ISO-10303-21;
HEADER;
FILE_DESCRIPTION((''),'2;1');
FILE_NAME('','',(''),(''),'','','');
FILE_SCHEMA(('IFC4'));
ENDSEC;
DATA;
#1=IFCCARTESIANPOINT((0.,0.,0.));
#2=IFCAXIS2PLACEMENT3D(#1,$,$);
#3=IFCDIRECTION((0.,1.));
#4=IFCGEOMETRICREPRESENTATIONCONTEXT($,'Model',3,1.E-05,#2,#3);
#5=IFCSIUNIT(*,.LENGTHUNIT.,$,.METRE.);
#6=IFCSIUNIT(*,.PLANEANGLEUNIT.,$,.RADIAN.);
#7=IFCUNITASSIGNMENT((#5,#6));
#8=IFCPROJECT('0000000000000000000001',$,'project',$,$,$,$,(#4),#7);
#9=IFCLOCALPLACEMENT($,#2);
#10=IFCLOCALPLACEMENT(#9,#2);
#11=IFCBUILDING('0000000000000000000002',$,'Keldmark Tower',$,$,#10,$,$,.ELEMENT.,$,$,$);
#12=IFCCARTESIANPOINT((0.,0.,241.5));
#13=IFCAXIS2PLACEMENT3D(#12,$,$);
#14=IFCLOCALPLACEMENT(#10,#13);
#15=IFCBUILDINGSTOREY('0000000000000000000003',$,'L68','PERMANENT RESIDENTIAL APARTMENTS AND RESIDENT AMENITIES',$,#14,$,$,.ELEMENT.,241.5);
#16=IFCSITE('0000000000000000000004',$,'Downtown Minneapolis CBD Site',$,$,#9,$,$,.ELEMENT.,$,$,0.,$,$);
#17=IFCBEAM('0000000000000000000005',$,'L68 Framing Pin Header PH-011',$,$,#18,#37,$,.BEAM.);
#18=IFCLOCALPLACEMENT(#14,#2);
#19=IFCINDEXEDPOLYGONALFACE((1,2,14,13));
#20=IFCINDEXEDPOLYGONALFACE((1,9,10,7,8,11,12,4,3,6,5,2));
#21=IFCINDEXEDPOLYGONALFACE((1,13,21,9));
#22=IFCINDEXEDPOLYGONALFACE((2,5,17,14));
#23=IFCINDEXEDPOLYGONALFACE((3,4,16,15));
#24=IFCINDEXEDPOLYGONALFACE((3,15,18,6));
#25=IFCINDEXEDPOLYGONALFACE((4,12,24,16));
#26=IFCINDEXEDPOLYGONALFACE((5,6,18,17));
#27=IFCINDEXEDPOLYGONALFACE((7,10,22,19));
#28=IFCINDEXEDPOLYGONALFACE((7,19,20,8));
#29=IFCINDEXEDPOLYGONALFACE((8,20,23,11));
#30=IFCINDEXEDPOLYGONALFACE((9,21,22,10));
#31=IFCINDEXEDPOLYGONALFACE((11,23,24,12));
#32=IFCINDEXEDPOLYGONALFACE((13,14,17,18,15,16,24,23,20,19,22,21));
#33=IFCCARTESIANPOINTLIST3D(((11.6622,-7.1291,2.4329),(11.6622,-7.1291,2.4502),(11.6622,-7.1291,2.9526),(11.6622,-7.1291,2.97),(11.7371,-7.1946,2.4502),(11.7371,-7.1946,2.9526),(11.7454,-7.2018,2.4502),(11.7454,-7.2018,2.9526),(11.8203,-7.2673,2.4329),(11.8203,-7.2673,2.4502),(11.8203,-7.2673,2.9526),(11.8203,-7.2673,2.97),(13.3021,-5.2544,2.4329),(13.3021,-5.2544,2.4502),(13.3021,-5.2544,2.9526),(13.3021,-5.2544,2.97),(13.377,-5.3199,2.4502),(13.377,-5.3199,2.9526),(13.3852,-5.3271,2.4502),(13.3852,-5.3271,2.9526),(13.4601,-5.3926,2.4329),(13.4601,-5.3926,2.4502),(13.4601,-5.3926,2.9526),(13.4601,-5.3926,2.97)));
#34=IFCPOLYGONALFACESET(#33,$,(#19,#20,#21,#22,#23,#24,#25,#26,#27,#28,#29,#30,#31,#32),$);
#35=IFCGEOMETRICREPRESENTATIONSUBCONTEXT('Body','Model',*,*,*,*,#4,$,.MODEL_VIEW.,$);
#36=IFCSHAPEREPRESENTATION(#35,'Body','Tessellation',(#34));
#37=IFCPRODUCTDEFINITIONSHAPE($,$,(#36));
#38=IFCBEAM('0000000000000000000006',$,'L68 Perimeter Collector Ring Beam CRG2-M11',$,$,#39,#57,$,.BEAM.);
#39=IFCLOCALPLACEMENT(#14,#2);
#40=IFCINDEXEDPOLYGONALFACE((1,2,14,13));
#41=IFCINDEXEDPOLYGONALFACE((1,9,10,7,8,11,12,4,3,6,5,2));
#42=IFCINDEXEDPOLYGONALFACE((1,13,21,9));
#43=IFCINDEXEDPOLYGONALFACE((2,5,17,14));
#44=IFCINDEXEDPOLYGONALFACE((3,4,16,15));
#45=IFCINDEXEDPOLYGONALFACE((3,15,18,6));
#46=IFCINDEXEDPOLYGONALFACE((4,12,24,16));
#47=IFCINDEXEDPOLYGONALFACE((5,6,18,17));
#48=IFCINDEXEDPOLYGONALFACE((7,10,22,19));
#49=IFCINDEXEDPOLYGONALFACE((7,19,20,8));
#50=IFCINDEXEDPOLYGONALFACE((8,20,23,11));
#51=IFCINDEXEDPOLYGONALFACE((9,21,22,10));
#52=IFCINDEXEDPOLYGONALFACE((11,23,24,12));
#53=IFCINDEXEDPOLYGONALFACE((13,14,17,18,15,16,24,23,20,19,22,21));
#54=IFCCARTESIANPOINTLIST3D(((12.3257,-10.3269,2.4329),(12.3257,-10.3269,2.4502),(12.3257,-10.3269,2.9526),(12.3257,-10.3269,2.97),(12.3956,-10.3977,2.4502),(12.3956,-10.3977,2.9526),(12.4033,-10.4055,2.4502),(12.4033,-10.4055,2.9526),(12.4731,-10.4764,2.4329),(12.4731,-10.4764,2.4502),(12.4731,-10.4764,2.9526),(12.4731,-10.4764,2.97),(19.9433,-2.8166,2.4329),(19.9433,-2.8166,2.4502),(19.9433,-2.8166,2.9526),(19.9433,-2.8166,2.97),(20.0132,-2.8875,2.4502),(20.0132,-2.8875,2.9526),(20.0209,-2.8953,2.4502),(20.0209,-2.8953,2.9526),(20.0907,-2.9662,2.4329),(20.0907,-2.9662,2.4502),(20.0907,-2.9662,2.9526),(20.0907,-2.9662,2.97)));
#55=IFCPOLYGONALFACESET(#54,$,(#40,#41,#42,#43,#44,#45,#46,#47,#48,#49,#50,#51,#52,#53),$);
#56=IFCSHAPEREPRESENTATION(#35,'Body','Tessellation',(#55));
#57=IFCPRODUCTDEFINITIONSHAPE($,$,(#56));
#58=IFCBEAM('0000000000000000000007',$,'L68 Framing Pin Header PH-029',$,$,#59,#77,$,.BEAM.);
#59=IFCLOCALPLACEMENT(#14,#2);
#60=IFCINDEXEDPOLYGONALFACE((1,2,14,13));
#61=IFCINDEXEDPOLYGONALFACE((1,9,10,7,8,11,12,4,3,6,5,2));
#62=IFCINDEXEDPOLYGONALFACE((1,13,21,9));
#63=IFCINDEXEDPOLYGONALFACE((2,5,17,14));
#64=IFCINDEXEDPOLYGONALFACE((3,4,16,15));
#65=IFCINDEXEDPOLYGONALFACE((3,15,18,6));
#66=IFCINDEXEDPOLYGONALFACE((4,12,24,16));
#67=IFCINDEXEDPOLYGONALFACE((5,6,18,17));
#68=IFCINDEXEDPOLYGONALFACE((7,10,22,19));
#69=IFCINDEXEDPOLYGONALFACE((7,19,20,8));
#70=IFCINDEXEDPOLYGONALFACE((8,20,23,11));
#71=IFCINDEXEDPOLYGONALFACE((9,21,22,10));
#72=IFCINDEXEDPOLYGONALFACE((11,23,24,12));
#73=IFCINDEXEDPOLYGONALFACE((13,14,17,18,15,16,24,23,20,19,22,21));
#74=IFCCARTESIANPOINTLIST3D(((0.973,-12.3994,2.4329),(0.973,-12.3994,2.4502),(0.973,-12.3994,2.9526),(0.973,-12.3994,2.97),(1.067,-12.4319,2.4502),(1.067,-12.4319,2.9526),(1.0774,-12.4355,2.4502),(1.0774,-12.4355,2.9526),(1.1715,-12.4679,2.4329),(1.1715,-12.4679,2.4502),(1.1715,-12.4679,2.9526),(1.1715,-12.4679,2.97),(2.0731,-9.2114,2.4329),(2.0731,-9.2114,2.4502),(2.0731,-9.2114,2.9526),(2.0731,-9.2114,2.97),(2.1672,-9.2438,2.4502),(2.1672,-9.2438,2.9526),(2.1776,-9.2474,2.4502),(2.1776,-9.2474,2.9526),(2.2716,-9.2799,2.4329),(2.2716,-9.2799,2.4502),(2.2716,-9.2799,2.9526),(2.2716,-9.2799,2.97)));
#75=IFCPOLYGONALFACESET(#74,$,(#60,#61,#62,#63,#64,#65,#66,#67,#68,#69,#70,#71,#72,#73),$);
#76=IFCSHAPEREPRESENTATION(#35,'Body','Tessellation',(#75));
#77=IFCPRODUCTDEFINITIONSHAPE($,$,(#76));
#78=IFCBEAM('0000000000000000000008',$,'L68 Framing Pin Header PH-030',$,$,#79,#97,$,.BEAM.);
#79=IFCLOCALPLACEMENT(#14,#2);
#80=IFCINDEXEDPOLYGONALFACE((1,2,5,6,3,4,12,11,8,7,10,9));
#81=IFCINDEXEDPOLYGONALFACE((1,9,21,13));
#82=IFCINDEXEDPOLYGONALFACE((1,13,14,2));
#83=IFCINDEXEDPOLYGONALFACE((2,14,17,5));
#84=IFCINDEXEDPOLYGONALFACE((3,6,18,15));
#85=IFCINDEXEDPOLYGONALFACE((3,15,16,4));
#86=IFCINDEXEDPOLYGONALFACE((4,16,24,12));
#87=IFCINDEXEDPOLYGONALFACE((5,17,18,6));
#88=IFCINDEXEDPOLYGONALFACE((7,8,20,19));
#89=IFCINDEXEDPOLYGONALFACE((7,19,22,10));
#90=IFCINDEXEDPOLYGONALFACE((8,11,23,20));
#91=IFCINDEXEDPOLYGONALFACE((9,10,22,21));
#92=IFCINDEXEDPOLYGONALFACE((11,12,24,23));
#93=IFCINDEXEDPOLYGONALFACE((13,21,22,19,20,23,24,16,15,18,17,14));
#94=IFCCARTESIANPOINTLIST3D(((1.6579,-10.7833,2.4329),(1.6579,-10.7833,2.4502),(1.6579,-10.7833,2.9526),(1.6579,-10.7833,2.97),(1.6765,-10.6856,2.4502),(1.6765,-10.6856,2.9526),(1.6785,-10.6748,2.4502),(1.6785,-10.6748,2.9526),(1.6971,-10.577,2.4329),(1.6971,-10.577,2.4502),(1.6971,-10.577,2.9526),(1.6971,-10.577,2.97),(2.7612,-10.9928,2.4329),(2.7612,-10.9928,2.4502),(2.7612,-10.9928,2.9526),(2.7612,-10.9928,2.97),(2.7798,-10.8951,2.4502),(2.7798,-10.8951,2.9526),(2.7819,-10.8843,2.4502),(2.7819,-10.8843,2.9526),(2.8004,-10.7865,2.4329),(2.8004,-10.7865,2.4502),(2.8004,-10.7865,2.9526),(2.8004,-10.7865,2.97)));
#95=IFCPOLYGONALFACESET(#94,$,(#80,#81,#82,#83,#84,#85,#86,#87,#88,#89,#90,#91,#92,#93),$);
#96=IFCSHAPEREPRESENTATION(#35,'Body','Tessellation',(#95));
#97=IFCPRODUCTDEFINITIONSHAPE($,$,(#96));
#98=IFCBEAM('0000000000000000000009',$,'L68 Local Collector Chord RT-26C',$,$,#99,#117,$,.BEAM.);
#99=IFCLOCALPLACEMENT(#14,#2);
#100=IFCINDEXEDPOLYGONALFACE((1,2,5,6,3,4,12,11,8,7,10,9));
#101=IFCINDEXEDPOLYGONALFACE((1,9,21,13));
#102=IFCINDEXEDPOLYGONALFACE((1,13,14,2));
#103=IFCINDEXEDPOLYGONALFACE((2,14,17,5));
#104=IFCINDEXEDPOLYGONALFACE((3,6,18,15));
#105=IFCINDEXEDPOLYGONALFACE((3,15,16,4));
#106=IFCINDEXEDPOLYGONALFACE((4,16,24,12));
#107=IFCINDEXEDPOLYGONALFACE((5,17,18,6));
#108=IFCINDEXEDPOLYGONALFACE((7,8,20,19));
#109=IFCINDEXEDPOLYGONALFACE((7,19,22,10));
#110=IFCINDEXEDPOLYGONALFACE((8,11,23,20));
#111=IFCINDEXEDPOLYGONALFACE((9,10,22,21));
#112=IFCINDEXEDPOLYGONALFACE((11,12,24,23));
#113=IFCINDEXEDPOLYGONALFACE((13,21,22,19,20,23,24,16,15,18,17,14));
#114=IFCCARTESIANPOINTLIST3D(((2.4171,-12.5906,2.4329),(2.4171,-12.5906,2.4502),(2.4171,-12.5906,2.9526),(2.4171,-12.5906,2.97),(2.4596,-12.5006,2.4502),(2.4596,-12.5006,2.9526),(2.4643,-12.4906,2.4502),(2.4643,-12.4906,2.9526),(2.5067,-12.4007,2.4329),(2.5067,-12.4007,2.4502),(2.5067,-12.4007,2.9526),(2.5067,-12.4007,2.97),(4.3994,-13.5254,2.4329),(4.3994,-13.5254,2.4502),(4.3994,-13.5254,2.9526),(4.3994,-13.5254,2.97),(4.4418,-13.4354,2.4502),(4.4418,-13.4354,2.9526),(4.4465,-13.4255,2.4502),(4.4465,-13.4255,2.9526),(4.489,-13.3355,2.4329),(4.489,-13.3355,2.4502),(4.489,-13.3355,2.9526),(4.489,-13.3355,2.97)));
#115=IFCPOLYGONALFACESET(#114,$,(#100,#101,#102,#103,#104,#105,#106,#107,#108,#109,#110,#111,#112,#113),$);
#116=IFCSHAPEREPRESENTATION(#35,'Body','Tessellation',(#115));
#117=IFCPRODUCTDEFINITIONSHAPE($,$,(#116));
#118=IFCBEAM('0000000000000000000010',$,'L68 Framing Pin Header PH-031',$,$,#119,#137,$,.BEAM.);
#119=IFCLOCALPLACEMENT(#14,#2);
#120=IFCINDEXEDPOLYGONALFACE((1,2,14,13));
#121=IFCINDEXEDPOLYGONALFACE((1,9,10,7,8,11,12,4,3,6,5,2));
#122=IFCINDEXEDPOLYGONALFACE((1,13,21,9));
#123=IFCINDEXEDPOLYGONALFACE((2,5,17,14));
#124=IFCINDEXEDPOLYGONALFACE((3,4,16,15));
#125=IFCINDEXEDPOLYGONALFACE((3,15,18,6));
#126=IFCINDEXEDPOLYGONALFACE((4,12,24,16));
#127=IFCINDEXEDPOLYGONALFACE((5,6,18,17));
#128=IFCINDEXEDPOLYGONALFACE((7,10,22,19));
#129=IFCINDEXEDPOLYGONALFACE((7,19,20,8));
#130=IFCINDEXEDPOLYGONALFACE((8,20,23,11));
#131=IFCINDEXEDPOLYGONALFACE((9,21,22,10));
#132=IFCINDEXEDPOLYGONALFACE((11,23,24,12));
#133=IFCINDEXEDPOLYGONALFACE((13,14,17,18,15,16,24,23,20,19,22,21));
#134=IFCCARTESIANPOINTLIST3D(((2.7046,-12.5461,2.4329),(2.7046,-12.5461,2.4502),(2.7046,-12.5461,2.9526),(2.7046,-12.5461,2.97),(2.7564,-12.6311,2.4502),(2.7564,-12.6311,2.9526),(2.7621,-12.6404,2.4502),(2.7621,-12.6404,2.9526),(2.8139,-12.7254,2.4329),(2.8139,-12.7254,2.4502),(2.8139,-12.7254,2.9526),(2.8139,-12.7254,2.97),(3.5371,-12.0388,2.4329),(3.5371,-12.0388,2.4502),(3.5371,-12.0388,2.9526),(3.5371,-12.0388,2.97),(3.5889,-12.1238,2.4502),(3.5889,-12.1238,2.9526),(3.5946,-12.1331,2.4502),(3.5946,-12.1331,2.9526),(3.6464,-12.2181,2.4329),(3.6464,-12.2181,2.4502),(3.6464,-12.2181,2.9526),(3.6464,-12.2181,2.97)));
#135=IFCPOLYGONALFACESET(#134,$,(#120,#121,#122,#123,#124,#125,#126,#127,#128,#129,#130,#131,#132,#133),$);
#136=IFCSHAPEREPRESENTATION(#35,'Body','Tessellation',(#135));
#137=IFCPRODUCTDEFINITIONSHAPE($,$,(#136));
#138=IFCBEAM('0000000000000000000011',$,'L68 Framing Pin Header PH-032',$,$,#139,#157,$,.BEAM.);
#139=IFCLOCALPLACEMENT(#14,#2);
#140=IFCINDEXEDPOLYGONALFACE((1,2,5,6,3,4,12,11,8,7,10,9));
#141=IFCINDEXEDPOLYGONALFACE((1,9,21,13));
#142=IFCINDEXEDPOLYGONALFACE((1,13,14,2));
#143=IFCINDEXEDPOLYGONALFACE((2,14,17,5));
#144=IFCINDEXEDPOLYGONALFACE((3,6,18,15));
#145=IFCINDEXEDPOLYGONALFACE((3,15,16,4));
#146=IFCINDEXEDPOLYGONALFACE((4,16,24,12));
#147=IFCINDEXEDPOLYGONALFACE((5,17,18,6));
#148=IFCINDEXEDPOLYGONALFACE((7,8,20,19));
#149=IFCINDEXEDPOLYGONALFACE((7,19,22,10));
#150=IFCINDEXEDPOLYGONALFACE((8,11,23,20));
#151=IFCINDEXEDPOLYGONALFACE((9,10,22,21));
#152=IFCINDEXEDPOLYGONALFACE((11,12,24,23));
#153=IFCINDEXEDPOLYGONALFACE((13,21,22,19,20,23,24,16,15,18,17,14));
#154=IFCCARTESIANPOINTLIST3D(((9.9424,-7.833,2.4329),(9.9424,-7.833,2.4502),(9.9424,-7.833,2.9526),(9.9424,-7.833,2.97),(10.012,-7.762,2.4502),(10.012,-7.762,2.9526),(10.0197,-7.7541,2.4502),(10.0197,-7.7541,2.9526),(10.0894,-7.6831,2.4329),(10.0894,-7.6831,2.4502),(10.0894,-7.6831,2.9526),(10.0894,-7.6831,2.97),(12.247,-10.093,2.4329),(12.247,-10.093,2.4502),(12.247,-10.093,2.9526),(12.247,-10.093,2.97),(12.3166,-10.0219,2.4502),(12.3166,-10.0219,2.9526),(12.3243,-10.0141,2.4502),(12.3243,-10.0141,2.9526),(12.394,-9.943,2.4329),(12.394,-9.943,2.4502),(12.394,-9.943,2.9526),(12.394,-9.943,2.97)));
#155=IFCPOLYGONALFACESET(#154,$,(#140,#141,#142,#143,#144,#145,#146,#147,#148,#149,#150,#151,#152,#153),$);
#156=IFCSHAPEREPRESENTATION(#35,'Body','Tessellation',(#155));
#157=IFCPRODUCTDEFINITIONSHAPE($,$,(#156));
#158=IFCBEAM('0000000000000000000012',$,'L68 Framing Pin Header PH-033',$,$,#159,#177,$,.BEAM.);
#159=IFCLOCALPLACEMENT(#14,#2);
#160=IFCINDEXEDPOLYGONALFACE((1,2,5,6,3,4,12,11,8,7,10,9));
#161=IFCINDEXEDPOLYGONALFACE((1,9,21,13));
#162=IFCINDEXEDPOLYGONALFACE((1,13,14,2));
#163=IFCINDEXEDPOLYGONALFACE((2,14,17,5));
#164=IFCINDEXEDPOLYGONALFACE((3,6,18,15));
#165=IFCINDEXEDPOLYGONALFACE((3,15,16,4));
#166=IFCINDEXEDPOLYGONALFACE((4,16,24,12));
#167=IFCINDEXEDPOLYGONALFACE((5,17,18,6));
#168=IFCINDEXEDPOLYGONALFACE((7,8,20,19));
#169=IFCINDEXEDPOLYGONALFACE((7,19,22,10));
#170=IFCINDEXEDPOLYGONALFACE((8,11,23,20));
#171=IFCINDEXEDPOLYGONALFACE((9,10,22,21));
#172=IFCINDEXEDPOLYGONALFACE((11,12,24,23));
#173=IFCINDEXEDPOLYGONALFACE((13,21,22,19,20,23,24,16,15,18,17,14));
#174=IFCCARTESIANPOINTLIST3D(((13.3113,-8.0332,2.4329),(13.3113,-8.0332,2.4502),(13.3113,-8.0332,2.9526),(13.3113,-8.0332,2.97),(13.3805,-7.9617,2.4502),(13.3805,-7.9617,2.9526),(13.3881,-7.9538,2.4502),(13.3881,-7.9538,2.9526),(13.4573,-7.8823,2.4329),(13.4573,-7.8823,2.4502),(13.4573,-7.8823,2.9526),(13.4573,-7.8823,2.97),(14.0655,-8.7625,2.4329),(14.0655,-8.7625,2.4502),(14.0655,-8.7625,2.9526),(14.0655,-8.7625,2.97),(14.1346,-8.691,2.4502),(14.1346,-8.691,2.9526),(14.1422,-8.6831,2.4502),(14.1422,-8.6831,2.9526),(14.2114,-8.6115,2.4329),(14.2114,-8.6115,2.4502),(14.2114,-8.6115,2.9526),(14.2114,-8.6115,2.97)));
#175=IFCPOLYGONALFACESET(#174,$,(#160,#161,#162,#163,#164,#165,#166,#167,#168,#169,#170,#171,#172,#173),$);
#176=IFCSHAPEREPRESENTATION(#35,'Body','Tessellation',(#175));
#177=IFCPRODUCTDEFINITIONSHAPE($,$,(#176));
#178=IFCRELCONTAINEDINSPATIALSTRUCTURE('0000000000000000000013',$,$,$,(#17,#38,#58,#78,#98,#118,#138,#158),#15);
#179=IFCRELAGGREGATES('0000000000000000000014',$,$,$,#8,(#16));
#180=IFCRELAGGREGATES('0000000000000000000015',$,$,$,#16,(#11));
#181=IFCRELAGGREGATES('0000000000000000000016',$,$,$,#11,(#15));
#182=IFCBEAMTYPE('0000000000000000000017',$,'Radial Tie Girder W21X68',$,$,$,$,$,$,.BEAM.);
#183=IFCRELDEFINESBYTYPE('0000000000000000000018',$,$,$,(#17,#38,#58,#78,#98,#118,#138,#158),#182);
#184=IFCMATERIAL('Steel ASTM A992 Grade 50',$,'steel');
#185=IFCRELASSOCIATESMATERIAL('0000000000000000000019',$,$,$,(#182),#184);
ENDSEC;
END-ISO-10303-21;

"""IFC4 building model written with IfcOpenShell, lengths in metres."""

from ifc_helpers import new_model, si_unit, direction, frame, origin, origin_2d, place, context, subcontext, project, spatial, i_section, extrude, material, material_profile, profile_set, type_object, element, save


model = new_model("IFC4")

# Units and contexts
model_context = context("Model", 3, precision=1e-05, world=origin(), true_north=direction((0.0, 1.0)))
body_context = subcontext(model_context, "Body", "Model", "MODEL_VIEW")
ifc_project = project(units=[si_unit("LENGTHUNIT", "METRE"), si_unit("PLANEANGLEUNIT", "RADIAN")], contexts=[model_context])

# Site, building, storey
site_placement = place(None, origin())
site = spatial("IfcSite", under=ifc_project, at=site_placement, Name="Downtown Minneapolis CBD Site", CompositionType="ELEMENT", RefElevation=0.0)
building_placement = place(site_placement, origin())
building = spatial("IfcBuilding", under=site, at=building_placement, Name="Keldmark Tower", CompositionType="ELEMENT")
storey_placement = place(building_placement, frame((0.0, 0.0, 241.5)))
storey = spatial("IfcBuildingStorey", under=building, at=storey_placement, Name="L68", Description="PERMANENT RESIDENTIAL APARTMENTS AND RESIDENT AMENITIES", CompositionType="ELEMENT", Elevation=241.5)

# Beams
ifc_material_1 = material(Name="Steel ASTM A992 Grade 50", Category="steel")
ifc_material_profile_1 = material_profile(ifc_material_1, i_section(OverallWidth=0.21, OverallDepth=0.5371, WebThickness=0.011, FlangeThickness=0.0173, at=origin_2d()), Name="W21X68")
ifc_profile_set_1 = profile_set([ifc_material_profile_1], Name="Steel ASTM A992 Grade 50")
beam_type_1 = type_object("IfcBeamType", Name="Radial Tie Girder W21X68", PredefinedType="BEAM", material=ifc_profile_set_1)
beam_1_placement = place(storey_placement, frame((13.3811, -5.3235, 2.7014), z_axis=(-0.658387, -0.75268, 0.0), x_axis=(0.75268, -0.658387, 0.0)))
element("IfcBeam", 1, at=beam_1_placement, inside=storey, type_object=beam_type_1, Name="L68 Framing Pin Header PH-011", PredefinedType="BEAM", context=body_context, shape_type="SweptSolid", body=[
    extrude(i_section(OverallWidth=0.21, OverallDepth=0.5371, WebThickness=0.011, FlangeThickness=0.0173, at=origin_2d()), origin(), (0.0, 0.0, 1.0), 2.4907),
])
beam_2_placement = place(storey_placement, frame((12.3994, -10.4016, 2.7014), z_axis=(0.71211, 0.702068, 0.0), x_axis=(-0.702068, 0.71211, 0.0)))
element("IfcBeam", 2, at=beam_2_placement, inside=storey, type_object=beam_type_1, Name="L68 Perimeter Collector Ring Beam CRG2-M11", PredefinedType="BEAM", context=body_context, shape_type="SweptSolid", body=[
    extrude(i_section(OverallWidth=0.21, OverallDepth=0.5371, WebThickness=0.011, FlangeThickness=0.0173, at=origin_2d()), origin(), (0.0, 0.0, 1.0), 10.6973),
])
beam_3_placement = place(storey_placement, frame((2.1724, -9.2456, 2.7014), z_axis=(-0.3262, -0.945301, 0.0), x_axis=(0.945301, -0.3262, 0.0)))
element("IfcBeam", 3, at=beam_3_placement, inside=storey, type_object=beam_type_1, Name="L68 Framing Pin Header PH-029", PredefinedType="BEAM", context=body_context, shape_type="SweptSolid", body=[
    extrude(i_section(OverallWidth=0.21, OverallDepth=0.5371, WebThickness=0.011, FlangeThickness=0.0173, at=origin_2d()), origin(), (0.0, 0.0, 1.0), 3.3726),
])
beam_4_placement = place(storey_placement, frame((1.6775, -10.6802, 2.7014), z_axis=(0.982449, -0.186533, 0.0), x_axis=(0.186533, 0.982449, 0.0)))
element("IfcBeam", 4, at=beam_4_placement, inside=storey, type_object=beam_type_1, Name="L68 Framing Pin Header PH-030", PredefinedType="BEAM", context=body_context, shape_type="SweptSolid", body=[
    extrude(i_section(OverallWidth=0.21, OverallDepth=0.5371, WebThickness=0.011, FlangeThickness=0.0173, at=origin_2d()), origin(), (0.0, 0.0, 1.0), 1.123),
])
beam_5_placement = place(storey_placement, frame((2.4619, -12.4956, 2.7014), z_axis=(0.904462, -0.426553, 0.0), x_axis=(0.426553, 0.904462, 0.0)))
element("IfcBeam", 5, at=beam_5_placement, inside=storey, type_object=beam_type_1, Name="L68 Local Collector Chord RT-26C", PredefinedType="BEAM", context=body_context, shape_type="SweptSolid", body=[
    extrude(i_section(OverallWidth=0.21, OverallDepth=0.5371, WebThickness=0.011, FlangeThickness=0.0173, at=origin_2d()), origin(), (0.0, 0.0, 1.0), 2.1917),
])
beam_6_placement = place(storey_placement, frame((2.7593, -12.6357, 2.7014), z_axis=(0.853937, 0.520376, 0.0), x_axis=(-0.520376, 0.853937, 0.0)))
element("IfcBeam", 6, at=beam_6_placement, inside=storey, type_object=beam_type_1, Name="L68 Framing Pin Header PH-031", PredefinedType="BEAM", context=body_context, shape_type="SweptSolid", body=[
    extrude(i_section(OverallWidth=0.21, OverallDepth=0.5371, WebThickness=0.011, FlangeThickness=0.0173, at=origin_2d()), origin(), (0.0, 0.0, 1.0), 0.9749),
])
beam_7_placement = place(storey_placement, frame((10.0159, -7.7581, 2.7014), z_axis=(0.713994, -0.700152, 0.0), x_axis=(0.700152, 0.713994, 0.0)))
element("IfcBeam", 7, at=beam_7_placement, inside=storey, type_object=beam_type_1, Name="L68 Framing Pin Header PH-032", PredefinedType="BEAM", context=body_context, shape_type="SweptSolid", body=[
    extrude(i_section(OverallWidth=0.21, OverallDepth=0.5371, WebThickness=0.011, FlangeThickness=0.0173, at=origin_2d()), origin(), (0.0, 0.0, 1.0), 3.2278),
])
beam_8_placement = place(storey_placement, frame((13.3843, -7.9578, 2.7014), z_axis=(0.718876, -0.695138, 0.0), x_axis=(0.695138, 0.718876, 0.0)))
element("IfcBeam", 8, at=beam_8_placement, inside=storey, type_object=beam_type_1, Name="L68 Framing Pin Header PH-033", PredefinedType="BEAM", context=body_context, shape_type="SweptSolid", body=[
    extrude(i_section(OverallWidth=0.21, OverallDepth=0.5371, WebThickness=0.011, FlangeThickness=0.0173, at=origin_2d()), origin(), (0.0, 0.0, 1.0), 1.0491),
])

save(model, "model.ifc")
